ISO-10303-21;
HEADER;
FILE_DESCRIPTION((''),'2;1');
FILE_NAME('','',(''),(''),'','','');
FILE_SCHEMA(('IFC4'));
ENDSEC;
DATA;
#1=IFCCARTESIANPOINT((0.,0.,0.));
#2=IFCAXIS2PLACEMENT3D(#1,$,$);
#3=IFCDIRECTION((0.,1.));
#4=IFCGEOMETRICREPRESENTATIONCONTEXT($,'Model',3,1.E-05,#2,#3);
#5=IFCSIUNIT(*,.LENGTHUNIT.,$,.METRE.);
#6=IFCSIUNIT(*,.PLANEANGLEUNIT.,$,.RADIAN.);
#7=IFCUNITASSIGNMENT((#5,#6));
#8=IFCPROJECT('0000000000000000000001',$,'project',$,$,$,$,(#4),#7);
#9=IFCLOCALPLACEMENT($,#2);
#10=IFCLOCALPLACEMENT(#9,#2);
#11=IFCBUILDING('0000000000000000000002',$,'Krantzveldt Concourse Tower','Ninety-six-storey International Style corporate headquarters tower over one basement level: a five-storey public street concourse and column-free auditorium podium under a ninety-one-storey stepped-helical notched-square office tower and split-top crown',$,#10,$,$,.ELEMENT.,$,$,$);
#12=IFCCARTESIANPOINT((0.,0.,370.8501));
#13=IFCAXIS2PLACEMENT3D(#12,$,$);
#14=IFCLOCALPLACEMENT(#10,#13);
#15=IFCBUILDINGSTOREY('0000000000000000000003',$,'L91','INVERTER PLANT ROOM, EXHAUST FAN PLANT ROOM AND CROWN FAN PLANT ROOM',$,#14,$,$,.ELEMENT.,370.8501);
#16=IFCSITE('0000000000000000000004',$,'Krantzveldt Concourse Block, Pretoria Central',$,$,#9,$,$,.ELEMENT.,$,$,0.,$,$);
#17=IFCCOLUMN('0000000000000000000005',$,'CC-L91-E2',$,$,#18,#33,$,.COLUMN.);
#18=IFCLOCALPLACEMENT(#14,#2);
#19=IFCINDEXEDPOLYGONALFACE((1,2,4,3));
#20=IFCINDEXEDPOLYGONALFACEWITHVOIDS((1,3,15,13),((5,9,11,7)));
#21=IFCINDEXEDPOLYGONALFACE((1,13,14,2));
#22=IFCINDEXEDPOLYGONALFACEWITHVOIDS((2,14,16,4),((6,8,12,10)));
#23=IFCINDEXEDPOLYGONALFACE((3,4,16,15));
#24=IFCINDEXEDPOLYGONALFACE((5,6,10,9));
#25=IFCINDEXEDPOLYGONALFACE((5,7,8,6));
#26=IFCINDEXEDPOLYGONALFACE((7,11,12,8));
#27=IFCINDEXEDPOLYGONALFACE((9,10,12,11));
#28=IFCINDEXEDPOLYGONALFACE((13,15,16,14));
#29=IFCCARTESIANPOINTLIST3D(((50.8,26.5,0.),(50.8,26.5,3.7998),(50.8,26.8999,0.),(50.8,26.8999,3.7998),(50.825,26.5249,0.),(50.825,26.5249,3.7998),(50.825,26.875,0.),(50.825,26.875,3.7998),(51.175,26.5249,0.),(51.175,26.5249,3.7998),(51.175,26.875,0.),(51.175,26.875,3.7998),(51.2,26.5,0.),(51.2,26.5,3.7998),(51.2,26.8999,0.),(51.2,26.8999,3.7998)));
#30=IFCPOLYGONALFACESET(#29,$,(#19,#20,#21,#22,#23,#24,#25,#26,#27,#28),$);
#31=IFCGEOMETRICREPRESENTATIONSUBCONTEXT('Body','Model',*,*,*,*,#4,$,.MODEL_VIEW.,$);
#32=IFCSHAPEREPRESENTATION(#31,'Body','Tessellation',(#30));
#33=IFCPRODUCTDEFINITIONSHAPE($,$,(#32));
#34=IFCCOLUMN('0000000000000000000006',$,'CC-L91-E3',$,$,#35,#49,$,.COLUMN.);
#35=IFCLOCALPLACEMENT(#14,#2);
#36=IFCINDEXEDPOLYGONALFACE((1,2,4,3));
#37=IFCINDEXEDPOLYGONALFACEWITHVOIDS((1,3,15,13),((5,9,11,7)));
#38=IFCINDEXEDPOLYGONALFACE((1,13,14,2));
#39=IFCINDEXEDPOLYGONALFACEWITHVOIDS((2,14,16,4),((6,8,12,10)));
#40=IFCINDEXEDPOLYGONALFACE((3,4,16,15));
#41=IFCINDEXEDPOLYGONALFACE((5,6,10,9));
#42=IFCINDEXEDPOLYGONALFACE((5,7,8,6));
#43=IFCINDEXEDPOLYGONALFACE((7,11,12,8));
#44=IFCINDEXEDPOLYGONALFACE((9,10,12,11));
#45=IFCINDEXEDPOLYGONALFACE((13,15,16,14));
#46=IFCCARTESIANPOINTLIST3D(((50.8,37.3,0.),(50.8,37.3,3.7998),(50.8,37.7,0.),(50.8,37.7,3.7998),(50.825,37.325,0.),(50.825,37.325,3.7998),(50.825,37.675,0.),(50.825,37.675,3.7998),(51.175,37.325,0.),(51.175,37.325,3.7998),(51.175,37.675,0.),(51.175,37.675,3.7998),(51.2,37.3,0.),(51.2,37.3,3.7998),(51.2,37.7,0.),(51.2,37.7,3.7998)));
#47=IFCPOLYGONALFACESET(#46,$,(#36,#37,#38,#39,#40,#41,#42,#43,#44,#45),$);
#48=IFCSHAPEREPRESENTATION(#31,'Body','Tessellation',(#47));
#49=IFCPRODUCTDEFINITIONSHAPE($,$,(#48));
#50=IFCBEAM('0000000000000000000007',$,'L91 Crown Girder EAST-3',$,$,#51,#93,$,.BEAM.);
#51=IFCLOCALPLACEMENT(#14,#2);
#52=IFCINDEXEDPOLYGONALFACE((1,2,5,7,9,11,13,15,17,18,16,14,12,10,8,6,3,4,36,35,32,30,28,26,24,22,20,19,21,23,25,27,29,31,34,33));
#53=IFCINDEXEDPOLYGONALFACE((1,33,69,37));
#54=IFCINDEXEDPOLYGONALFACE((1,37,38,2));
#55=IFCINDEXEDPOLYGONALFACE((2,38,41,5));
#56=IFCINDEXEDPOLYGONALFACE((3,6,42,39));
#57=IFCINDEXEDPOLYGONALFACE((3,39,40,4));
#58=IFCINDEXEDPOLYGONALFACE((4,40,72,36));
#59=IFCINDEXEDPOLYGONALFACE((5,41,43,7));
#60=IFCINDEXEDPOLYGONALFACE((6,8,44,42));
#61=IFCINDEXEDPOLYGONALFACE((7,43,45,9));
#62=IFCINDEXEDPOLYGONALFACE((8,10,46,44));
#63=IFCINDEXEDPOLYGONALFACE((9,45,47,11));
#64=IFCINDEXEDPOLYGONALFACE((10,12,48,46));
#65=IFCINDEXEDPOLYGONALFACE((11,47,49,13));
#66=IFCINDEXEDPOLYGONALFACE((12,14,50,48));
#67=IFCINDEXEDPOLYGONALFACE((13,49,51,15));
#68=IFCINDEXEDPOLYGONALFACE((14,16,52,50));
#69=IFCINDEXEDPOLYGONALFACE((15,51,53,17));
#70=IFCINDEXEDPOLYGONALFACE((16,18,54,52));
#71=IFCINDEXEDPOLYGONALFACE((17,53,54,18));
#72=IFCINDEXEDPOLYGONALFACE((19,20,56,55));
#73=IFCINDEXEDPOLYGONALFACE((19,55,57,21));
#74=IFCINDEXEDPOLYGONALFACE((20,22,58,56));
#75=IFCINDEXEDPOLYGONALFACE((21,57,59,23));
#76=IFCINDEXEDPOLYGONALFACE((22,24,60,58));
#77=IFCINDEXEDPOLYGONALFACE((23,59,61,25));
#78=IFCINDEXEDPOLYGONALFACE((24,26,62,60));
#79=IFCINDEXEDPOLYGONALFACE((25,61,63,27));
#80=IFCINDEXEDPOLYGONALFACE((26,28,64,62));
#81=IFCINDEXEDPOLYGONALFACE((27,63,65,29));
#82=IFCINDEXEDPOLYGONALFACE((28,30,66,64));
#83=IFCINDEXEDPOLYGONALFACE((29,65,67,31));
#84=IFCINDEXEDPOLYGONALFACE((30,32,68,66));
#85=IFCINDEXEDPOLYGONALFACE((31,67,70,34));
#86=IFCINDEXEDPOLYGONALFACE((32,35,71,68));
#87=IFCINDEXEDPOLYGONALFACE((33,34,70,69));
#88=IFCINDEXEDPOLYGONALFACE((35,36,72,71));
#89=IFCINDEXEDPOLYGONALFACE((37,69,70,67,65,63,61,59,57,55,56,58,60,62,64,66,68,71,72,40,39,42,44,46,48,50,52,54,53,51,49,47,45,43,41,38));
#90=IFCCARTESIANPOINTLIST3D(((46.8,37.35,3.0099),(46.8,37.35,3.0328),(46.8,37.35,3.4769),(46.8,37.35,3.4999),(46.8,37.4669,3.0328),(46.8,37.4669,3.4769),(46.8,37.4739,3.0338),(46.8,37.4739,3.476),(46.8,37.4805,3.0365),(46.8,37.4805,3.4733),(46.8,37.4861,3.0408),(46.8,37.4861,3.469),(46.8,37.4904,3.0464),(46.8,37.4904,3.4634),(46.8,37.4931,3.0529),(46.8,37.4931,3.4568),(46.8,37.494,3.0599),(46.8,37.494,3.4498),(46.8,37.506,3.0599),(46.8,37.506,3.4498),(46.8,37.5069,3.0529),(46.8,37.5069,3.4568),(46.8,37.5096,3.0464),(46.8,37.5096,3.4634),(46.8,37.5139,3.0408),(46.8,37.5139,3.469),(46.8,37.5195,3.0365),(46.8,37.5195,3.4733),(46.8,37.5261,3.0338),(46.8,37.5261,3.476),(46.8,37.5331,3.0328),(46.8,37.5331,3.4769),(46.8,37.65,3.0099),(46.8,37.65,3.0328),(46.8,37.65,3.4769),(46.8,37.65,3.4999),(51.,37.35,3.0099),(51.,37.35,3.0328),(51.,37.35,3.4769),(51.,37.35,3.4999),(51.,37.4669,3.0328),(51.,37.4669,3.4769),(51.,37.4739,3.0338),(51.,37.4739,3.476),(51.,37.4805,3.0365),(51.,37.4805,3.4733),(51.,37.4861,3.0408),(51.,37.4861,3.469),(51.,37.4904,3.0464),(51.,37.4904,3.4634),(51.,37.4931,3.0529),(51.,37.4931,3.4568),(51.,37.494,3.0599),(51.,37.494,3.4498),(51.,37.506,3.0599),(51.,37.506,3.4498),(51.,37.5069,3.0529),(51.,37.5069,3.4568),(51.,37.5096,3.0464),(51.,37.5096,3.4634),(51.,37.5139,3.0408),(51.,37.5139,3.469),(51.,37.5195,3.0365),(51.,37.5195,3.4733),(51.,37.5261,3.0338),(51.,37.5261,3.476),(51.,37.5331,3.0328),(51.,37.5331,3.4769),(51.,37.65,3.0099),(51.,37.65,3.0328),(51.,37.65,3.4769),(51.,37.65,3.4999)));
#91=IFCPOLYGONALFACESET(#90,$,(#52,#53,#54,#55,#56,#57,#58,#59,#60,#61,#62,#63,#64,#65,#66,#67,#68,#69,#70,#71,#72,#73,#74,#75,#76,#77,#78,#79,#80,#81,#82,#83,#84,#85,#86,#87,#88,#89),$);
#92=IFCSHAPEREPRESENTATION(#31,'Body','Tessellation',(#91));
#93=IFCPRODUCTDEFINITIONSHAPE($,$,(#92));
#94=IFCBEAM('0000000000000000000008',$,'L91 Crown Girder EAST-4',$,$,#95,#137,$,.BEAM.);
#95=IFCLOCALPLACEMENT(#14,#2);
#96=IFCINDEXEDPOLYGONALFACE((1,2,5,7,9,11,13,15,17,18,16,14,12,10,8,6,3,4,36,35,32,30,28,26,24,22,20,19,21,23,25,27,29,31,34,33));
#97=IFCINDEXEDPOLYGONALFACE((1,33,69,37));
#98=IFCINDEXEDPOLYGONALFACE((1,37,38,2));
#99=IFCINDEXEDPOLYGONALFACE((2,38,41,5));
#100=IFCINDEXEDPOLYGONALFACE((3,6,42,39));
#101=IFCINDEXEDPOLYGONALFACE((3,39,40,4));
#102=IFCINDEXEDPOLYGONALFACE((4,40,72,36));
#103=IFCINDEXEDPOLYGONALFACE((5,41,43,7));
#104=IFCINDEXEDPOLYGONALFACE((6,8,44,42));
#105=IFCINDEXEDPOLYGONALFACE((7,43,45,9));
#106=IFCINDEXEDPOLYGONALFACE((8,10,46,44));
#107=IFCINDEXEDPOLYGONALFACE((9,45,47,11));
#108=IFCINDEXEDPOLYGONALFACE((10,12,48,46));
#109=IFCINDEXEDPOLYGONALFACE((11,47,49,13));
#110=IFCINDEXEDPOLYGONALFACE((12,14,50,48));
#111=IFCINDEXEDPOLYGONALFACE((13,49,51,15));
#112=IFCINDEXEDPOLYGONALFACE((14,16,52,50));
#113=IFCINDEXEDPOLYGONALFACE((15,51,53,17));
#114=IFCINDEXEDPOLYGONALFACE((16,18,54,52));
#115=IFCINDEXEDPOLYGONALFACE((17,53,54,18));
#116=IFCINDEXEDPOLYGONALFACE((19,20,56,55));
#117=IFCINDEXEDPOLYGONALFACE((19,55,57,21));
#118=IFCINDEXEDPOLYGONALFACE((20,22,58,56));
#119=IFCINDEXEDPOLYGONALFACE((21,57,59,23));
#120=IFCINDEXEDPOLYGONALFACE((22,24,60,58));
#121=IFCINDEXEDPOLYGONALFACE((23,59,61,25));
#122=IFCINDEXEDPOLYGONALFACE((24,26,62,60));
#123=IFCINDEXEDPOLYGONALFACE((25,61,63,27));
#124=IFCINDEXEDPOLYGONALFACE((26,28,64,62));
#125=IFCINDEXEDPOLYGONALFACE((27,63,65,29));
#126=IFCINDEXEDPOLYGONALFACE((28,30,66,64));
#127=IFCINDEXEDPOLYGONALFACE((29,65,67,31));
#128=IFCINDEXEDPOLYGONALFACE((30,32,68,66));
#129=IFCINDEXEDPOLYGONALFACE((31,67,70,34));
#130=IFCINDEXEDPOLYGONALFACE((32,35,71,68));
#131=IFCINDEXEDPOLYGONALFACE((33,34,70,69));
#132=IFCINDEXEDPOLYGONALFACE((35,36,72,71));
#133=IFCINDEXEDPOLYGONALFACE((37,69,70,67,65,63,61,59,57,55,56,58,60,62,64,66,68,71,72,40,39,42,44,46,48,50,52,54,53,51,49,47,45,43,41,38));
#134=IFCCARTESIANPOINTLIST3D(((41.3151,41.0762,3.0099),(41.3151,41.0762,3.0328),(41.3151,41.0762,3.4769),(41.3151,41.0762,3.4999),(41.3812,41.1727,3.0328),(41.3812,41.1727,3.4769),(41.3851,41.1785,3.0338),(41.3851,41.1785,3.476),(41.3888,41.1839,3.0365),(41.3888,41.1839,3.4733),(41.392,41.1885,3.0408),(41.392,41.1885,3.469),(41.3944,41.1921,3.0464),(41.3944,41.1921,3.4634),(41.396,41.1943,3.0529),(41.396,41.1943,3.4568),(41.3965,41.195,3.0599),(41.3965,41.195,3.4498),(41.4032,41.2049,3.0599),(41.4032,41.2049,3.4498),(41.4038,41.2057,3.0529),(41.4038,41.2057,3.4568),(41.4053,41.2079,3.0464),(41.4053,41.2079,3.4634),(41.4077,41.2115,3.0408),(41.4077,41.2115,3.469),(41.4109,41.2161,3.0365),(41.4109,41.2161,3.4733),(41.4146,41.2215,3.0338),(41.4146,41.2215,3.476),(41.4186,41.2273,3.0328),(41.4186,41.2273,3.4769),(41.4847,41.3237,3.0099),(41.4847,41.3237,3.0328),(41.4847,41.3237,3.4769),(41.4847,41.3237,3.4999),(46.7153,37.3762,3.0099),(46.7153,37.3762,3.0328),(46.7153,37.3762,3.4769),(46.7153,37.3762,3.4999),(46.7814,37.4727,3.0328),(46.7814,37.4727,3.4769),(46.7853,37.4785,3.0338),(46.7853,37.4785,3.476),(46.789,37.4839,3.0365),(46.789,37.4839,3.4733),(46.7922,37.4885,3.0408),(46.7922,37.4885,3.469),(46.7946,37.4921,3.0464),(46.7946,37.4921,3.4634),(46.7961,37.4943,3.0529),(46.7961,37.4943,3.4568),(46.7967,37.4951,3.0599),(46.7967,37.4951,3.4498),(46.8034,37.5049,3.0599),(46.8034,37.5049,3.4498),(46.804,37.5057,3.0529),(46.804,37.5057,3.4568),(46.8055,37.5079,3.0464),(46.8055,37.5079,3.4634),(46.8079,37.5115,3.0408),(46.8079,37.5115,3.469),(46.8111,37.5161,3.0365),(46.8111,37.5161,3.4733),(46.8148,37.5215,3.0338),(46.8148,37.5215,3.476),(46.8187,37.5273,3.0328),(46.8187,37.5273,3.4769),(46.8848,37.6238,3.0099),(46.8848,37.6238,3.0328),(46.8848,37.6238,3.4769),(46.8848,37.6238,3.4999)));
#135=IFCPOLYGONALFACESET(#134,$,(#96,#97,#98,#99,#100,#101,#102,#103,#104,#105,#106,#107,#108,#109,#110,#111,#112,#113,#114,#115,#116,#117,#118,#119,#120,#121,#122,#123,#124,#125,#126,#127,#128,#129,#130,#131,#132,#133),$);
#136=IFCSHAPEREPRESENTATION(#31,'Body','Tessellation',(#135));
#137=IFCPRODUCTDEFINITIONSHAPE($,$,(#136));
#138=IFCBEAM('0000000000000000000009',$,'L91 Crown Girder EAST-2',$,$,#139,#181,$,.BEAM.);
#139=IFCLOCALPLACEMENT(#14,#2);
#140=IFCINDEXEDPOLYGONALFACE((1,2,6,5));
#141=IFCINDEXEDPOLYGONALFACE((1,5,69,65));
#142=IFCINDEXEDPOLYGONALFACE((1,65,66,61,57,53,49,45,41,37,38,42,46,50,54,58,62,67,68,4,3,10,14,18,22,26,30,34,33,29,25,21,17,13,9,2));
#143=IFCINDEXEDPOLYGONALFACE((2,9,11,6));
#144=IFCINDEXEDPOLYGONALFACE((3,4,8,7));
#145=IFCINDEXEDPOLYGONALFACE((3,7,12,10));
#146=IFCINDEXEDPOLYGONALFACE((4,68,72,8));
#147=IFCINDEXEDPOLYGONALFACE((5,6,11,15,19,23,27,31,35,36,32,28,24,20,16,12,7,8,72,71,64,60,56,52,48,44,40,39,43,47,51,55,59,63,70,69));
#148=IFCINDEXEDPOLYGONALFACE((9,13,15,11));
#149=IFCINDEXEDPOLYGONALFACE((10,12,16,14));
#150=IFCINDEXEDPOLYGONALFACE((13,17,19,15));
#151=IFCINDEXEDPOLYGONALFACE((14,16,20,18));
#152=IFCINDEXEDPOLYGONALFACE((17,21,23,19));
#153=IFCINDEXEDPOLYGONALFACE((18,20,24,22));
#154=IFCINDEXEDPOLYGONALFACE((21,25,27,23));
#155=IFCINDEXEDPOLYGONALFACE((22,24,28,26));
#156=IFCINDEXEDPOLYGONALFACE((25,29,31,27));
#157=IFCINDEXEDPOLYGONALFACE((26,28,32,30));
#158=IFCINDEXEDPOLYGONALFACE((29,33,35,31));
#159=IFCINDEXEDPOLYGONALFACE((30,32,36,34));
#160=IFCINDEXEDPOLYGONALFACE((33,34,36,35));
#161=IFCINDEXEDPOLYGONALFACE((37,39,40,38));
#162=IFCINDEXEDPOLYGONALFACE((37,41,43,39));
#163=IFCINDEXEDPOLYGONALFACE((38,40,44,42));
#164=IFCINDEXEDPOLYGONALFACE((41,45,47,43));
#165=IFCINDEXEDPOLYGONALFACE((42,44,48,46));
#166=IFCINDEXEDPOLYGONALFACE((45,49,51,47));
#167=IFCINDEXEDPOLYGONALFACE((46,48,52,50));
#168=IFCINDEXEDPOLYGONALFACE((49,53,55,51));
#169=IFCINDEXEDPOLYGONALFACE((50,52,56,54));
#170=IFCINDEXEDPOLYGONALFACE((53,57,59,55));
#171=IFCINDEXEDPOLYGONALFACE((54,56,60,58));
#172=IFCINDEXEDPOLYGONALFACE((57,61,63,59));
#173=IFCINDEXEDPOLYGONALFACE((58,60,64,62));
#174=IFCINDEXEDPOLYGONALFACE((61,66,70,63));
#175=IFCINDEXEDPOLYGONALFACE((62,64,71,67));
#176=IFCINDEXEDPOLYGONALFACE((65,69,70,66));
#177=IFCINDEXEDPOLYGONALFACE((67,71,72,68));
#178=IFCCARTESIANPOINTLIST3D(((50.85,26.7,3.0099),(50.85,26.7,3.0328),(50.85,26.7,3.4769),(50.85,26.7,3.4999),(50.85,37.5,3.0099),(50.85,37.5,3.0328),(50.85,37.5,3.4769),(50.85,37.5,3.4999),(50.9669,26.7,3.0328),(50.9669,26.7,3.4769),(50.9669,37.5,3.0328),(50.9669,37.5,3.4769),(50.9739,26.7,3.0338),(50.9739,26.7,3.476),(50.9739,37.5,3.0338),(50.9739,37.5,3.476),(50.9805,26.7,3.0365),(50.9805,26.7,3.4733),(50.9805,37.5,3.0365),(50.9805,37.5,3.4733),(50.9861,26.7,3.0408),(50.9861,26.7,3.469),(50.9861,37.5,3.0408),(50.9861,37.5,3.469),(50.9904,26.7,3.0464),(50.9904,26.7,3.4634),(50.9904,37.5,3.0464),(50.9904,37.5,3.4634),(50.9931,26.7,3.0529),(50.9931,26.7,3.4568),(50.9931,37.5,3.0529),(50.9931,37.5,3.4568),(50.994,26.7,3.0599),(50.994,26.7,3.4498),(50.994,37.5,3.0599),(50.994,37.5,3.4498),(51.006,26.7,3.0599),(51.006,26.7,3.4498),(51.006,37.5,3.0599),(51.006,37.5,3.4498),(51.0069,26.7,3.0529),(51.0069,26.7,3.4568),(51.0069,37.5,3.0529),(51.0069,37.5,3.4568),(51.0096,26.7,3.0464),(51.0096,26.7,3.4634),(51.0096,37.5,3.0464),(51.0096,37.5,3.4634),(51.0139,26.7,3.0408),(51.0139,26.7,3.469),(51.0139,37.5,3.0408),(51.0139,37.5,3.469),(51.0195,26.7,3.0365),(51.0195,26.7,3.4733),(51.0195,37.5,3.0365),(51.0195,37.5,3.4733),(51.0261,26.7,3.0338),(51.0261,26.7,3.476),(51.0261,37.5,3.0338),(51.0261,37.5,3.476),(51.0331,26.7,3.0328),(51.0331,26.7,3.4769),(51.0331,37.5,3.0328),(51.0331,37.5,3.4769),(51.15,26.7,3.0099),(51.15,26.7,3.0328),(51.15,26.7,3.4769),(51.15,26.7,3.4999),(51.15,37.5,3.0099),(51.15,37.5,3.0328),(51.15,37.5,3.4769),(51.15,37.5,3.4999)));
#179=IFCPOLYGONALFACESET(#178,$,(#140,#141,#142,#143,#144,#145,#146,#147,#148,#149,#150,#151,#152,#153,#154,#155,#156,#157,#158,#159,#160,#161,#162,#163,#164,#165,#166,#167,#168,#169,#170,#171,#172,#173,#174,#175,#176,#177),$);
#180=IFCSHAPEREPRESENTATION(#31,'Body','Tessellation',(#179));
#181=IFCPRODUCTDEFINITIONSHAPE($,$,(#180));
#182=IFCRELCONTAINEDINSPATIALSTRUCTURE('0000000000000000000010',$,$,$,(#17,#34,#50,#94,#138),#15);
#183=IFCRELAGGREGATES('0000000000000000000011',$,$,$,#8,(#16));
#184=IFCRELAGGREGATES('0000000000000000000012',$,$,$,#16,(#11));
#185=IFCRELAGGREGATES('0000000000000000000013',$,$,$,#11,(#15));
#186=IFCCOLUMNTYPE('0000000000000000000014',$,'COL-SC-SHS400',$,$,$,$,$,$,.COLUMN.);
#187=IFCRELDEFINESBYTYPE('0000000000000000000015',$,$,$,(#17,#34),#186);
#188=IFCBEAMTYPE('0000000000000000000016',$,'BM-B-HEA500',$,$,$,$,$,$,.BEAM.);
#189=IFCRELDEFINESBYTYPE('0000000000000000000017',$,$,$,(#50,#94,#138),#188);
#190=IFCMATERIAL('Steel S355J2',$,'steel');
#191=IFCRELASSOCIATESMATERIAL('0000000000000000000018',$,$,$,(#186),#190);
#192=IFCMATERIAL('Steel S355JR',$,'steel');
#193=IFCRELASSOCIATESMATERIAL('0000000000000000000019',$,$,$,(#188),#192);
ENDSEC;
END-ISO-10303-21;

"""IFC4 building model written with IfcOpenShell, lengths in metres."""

from ifc_helpers import new_model, si_unit, direction, frame, origin, origin_2d, place, context, subcontext, project, spatial, hollow_rectangle, i_section, extrude, source, transform, mapped, material, material_profile, profile_set, type_object, type_shapes, element, save


model = new_model("IFC4")

# Units and contexts
model_context = context("Model", 3, precision=1e-05, world=origin(), true_north=direction((0.0, 1.0)))
body_context = subcontext(model_context, "Body", "Model", "MODEL_VIEW")
ifc_project = project(units=[si_unit("LENGTHUNIT", "METRE"), si_unit("PLANEANGLEUNIT", "RADIAN")], contexts=[model_context])

# Site, building, storey
site_placement = place(None, origin())
site = spatial("IfcSite", under=ifc_project, at=site_placement, Name="Krantzveldt Concourse Block, Pretoria Central", CompositionType="ELEMENT", RefElevation=0.0)
building_placement = place(site_placement, origin())
building = spatial("IfcBuilding", under=site, at=building_placement, Name="Krantzveldt Concourse Tower", Description="Ninety-six-storey International Style corporate headquarters tower over one basement level: a five-storey public street concourse and column-free auditorium podium under a ninety-one-storey stepped-helical notched-square office tower and split-top crown", CompositionType="ELEMENT")
storey_placement = place(building_placement, frame((0.0, 0.0, 370.8501)))
storey = spatial("IfcBuildingStorey", under=building, at=storey_placement, Name="L91", Description="INVERTER PLANT ROOM, EXHAUST FAN PLANT ROOM AND CROWN FAN PLANT ROOM", CompositionType="ELEMENT", Elevation=370.8501)

# Columns
ifc_material_1 = material(Name="Steel S355J2", Category="steel")
ifc_material_profile_1 = material_profile(ifc_material_1, hollow_rectangle(XDim=0.3999, YDim=0.3999, WallThickness=0.0249, at=origin_2d()), Name="Steel S355J2", Category="steel")
ifc_profile_set_1 = profile_set([ifc_material_profile_1], Name="Steel S355J2 - SHS 400x400x25")
column_type = type_object("IfcColumnType", Name="COL-SC-SHS400", PredefinedType="COLUMN", material=ifc_profile_set_1)
shared_shape_1 = source(origin(), body_context, "Body", "SweptSolid", [
    extrude(hollow_rectangle(XDim=0.3999, YDim=0.3999, WallThickness=0.0249, at=origin_2d()), origin(), (0.0, 0.0, 1.0), 3.7998),
])
type_shapes(column_type, [shared_shape_1])
for number, where, z_axis, x_axis, name in (
    (1, (51.0, 26.7, 0.0), (0.0, 0.0, 1.0), (1.0, 0.0, 0.0), "CC-L91-E2"),
    (2, (51.0, 37.5, 0.0), (0.0, 0.0, 1.0), (1.0, 0.0, 0.0), "CC-L91-E3"),
):
    element("IfcColumn", number, at=place(storey_placement, frame(where, z_axis=z_axis, x_axis=x_axis)), inside=storey, type_object=column_type, Name=name, PredefinedType="COLUMN", context=body_context, shape_type="MappedRepresentation", body=[
        mapped(shared_shape_1, transform((0.0, 0.0, 0.0), x_axis=(1.0, 0.0, 0.0), y_axis=(0.0, 1.0, 0.0), z_axis=(0.0, 0.0, 1.0), scale=1.0)),
    ])

# Beams
ifc_material_2 = material(Name="Steel S355JR", Category="steel")
ifc_material_profile_2 = material_profile(ifc_material_2, i_section(OverallWidth=0.3, OverallDepth=0.49, WebThickness=0.012, FlangeThickness=0.0229, FilletRadius=0.0271, at=origin_2d()), Name="Steel S355JR", Category="steel")
ifc_profile_set_2 = profile_set([ifc_material_profile_2], Name="Steel S355JR - HEA 500")
beam_type = type_object("IfcBeamType", Name="BM-B-HEA500", PredefinedType="BEAM", material=ifc_profile_set_2)
shared_shape_2 = source(origin(), body_context, "Body", "SweptSolid", [
    extrude(i_section(OverallWidth=0.3, OverallDepth=0.49, WebThickness=0.012, FlangeThickness=0.0229, FilletRadius=0.0271, at=origin_2d()), origin(), (0.0, 0.0, 1.0), 4.2),
])
beam_1_placement = place(storey_placement, frame((51.0, 37.5, 3.2549), z_axis=(-1.0, 0.0, 0.0), x_axis=(0.0, -1.0, 0.0)))
element("IfcBeam", 3, at=beam_1_placement, inside=storey, type_object=beam_type, Name="L91 Crown Girder EAST-3", PredefinedType="BEAM", context=body_context, shape_type="MappedRepresentation", body=[
    mapped(shared_shape_2, transform((0.0, 0.0, 0.0), x_axis=(1.0, 0.0, 0.0), y_axis=(0.0, 1.0, 0.0), z_axis=(0.0, 0.0, 1.0), scale=1.0)),
])
shared_shape_3 = source(origin(), body_context, "Body", "SweptSolid", [
    extrude(i_section(OverallWidth=0.3, OverallDepth=0.49, WebThickness=0.012, FlangeThickness=0.0229, FilletRadius=0.0271, at=origin_2d()), origin(), (0.0, 0.0, 1.0), 6.5461),
])
beam_2_placement = place(storey_placement, frame((46.8, 37.5, 3.2549), z_axis=(-0.824943, 0.565216, 0.0), x_axis=(-0.565216, -0.824943, 0.0)))
element("IfcBeam", 4, at=beam_2_placement, inside=storey, type_object=beam_type, Name="L91 Crown Girder EAST-4", PredefinedType="BEAM", context=body_context, shape_type="MappedRepresentation", body=[
    mapped(shared_shape_3, transform((0.0, 0.0, 0.0), x_axis=(1.0, 0.0, 0.0), y_axis=(0.0, 1.0, 0.0), z_axis=(0.0, 0.0, 1.0), scale=1.0)),
])
shared_shape_4 = source(origin(), body_context, "Body", "SweptSolid", [
    extrude(i_section(OverallWidth=0.3, OverallDepth=0.49, WebThickness=0.012, FlangeThickness=0.0229, FilletRadius=0.0271, at=origin_2d()), origin(), (0.0, 0.0, 1.0), 10.8),
])
type_shapes(beam_type, [shared_shape_2, shared_shape_3, shared_shape_4])
beam_3_placement = place(storey_placement, frame((51.0, 26.7, 3.2549), z_axis=(0.0, 1.0, 0.0), x_axis=(-1.0, 0.0, 0.0)))
element("IfcBeam", 5, at=beam_3_placement, inside=storey, type_object=beam_type, Name="L91 Crown Girder EAST-2", PredefinedType="BEAM", context=body_context, shape_type="MappedRepresentation", body=[
    mapped(shared_shape_4, transform((0.0, 0.0, 0.0), x_axis=(1.0, 0.0, 0.0), y_axis=(0.0, 1.0, 0.0), z_axis=(0.0, 0.0, 1.0), scale=1.0)),
])

save(model, "model.ifc")
